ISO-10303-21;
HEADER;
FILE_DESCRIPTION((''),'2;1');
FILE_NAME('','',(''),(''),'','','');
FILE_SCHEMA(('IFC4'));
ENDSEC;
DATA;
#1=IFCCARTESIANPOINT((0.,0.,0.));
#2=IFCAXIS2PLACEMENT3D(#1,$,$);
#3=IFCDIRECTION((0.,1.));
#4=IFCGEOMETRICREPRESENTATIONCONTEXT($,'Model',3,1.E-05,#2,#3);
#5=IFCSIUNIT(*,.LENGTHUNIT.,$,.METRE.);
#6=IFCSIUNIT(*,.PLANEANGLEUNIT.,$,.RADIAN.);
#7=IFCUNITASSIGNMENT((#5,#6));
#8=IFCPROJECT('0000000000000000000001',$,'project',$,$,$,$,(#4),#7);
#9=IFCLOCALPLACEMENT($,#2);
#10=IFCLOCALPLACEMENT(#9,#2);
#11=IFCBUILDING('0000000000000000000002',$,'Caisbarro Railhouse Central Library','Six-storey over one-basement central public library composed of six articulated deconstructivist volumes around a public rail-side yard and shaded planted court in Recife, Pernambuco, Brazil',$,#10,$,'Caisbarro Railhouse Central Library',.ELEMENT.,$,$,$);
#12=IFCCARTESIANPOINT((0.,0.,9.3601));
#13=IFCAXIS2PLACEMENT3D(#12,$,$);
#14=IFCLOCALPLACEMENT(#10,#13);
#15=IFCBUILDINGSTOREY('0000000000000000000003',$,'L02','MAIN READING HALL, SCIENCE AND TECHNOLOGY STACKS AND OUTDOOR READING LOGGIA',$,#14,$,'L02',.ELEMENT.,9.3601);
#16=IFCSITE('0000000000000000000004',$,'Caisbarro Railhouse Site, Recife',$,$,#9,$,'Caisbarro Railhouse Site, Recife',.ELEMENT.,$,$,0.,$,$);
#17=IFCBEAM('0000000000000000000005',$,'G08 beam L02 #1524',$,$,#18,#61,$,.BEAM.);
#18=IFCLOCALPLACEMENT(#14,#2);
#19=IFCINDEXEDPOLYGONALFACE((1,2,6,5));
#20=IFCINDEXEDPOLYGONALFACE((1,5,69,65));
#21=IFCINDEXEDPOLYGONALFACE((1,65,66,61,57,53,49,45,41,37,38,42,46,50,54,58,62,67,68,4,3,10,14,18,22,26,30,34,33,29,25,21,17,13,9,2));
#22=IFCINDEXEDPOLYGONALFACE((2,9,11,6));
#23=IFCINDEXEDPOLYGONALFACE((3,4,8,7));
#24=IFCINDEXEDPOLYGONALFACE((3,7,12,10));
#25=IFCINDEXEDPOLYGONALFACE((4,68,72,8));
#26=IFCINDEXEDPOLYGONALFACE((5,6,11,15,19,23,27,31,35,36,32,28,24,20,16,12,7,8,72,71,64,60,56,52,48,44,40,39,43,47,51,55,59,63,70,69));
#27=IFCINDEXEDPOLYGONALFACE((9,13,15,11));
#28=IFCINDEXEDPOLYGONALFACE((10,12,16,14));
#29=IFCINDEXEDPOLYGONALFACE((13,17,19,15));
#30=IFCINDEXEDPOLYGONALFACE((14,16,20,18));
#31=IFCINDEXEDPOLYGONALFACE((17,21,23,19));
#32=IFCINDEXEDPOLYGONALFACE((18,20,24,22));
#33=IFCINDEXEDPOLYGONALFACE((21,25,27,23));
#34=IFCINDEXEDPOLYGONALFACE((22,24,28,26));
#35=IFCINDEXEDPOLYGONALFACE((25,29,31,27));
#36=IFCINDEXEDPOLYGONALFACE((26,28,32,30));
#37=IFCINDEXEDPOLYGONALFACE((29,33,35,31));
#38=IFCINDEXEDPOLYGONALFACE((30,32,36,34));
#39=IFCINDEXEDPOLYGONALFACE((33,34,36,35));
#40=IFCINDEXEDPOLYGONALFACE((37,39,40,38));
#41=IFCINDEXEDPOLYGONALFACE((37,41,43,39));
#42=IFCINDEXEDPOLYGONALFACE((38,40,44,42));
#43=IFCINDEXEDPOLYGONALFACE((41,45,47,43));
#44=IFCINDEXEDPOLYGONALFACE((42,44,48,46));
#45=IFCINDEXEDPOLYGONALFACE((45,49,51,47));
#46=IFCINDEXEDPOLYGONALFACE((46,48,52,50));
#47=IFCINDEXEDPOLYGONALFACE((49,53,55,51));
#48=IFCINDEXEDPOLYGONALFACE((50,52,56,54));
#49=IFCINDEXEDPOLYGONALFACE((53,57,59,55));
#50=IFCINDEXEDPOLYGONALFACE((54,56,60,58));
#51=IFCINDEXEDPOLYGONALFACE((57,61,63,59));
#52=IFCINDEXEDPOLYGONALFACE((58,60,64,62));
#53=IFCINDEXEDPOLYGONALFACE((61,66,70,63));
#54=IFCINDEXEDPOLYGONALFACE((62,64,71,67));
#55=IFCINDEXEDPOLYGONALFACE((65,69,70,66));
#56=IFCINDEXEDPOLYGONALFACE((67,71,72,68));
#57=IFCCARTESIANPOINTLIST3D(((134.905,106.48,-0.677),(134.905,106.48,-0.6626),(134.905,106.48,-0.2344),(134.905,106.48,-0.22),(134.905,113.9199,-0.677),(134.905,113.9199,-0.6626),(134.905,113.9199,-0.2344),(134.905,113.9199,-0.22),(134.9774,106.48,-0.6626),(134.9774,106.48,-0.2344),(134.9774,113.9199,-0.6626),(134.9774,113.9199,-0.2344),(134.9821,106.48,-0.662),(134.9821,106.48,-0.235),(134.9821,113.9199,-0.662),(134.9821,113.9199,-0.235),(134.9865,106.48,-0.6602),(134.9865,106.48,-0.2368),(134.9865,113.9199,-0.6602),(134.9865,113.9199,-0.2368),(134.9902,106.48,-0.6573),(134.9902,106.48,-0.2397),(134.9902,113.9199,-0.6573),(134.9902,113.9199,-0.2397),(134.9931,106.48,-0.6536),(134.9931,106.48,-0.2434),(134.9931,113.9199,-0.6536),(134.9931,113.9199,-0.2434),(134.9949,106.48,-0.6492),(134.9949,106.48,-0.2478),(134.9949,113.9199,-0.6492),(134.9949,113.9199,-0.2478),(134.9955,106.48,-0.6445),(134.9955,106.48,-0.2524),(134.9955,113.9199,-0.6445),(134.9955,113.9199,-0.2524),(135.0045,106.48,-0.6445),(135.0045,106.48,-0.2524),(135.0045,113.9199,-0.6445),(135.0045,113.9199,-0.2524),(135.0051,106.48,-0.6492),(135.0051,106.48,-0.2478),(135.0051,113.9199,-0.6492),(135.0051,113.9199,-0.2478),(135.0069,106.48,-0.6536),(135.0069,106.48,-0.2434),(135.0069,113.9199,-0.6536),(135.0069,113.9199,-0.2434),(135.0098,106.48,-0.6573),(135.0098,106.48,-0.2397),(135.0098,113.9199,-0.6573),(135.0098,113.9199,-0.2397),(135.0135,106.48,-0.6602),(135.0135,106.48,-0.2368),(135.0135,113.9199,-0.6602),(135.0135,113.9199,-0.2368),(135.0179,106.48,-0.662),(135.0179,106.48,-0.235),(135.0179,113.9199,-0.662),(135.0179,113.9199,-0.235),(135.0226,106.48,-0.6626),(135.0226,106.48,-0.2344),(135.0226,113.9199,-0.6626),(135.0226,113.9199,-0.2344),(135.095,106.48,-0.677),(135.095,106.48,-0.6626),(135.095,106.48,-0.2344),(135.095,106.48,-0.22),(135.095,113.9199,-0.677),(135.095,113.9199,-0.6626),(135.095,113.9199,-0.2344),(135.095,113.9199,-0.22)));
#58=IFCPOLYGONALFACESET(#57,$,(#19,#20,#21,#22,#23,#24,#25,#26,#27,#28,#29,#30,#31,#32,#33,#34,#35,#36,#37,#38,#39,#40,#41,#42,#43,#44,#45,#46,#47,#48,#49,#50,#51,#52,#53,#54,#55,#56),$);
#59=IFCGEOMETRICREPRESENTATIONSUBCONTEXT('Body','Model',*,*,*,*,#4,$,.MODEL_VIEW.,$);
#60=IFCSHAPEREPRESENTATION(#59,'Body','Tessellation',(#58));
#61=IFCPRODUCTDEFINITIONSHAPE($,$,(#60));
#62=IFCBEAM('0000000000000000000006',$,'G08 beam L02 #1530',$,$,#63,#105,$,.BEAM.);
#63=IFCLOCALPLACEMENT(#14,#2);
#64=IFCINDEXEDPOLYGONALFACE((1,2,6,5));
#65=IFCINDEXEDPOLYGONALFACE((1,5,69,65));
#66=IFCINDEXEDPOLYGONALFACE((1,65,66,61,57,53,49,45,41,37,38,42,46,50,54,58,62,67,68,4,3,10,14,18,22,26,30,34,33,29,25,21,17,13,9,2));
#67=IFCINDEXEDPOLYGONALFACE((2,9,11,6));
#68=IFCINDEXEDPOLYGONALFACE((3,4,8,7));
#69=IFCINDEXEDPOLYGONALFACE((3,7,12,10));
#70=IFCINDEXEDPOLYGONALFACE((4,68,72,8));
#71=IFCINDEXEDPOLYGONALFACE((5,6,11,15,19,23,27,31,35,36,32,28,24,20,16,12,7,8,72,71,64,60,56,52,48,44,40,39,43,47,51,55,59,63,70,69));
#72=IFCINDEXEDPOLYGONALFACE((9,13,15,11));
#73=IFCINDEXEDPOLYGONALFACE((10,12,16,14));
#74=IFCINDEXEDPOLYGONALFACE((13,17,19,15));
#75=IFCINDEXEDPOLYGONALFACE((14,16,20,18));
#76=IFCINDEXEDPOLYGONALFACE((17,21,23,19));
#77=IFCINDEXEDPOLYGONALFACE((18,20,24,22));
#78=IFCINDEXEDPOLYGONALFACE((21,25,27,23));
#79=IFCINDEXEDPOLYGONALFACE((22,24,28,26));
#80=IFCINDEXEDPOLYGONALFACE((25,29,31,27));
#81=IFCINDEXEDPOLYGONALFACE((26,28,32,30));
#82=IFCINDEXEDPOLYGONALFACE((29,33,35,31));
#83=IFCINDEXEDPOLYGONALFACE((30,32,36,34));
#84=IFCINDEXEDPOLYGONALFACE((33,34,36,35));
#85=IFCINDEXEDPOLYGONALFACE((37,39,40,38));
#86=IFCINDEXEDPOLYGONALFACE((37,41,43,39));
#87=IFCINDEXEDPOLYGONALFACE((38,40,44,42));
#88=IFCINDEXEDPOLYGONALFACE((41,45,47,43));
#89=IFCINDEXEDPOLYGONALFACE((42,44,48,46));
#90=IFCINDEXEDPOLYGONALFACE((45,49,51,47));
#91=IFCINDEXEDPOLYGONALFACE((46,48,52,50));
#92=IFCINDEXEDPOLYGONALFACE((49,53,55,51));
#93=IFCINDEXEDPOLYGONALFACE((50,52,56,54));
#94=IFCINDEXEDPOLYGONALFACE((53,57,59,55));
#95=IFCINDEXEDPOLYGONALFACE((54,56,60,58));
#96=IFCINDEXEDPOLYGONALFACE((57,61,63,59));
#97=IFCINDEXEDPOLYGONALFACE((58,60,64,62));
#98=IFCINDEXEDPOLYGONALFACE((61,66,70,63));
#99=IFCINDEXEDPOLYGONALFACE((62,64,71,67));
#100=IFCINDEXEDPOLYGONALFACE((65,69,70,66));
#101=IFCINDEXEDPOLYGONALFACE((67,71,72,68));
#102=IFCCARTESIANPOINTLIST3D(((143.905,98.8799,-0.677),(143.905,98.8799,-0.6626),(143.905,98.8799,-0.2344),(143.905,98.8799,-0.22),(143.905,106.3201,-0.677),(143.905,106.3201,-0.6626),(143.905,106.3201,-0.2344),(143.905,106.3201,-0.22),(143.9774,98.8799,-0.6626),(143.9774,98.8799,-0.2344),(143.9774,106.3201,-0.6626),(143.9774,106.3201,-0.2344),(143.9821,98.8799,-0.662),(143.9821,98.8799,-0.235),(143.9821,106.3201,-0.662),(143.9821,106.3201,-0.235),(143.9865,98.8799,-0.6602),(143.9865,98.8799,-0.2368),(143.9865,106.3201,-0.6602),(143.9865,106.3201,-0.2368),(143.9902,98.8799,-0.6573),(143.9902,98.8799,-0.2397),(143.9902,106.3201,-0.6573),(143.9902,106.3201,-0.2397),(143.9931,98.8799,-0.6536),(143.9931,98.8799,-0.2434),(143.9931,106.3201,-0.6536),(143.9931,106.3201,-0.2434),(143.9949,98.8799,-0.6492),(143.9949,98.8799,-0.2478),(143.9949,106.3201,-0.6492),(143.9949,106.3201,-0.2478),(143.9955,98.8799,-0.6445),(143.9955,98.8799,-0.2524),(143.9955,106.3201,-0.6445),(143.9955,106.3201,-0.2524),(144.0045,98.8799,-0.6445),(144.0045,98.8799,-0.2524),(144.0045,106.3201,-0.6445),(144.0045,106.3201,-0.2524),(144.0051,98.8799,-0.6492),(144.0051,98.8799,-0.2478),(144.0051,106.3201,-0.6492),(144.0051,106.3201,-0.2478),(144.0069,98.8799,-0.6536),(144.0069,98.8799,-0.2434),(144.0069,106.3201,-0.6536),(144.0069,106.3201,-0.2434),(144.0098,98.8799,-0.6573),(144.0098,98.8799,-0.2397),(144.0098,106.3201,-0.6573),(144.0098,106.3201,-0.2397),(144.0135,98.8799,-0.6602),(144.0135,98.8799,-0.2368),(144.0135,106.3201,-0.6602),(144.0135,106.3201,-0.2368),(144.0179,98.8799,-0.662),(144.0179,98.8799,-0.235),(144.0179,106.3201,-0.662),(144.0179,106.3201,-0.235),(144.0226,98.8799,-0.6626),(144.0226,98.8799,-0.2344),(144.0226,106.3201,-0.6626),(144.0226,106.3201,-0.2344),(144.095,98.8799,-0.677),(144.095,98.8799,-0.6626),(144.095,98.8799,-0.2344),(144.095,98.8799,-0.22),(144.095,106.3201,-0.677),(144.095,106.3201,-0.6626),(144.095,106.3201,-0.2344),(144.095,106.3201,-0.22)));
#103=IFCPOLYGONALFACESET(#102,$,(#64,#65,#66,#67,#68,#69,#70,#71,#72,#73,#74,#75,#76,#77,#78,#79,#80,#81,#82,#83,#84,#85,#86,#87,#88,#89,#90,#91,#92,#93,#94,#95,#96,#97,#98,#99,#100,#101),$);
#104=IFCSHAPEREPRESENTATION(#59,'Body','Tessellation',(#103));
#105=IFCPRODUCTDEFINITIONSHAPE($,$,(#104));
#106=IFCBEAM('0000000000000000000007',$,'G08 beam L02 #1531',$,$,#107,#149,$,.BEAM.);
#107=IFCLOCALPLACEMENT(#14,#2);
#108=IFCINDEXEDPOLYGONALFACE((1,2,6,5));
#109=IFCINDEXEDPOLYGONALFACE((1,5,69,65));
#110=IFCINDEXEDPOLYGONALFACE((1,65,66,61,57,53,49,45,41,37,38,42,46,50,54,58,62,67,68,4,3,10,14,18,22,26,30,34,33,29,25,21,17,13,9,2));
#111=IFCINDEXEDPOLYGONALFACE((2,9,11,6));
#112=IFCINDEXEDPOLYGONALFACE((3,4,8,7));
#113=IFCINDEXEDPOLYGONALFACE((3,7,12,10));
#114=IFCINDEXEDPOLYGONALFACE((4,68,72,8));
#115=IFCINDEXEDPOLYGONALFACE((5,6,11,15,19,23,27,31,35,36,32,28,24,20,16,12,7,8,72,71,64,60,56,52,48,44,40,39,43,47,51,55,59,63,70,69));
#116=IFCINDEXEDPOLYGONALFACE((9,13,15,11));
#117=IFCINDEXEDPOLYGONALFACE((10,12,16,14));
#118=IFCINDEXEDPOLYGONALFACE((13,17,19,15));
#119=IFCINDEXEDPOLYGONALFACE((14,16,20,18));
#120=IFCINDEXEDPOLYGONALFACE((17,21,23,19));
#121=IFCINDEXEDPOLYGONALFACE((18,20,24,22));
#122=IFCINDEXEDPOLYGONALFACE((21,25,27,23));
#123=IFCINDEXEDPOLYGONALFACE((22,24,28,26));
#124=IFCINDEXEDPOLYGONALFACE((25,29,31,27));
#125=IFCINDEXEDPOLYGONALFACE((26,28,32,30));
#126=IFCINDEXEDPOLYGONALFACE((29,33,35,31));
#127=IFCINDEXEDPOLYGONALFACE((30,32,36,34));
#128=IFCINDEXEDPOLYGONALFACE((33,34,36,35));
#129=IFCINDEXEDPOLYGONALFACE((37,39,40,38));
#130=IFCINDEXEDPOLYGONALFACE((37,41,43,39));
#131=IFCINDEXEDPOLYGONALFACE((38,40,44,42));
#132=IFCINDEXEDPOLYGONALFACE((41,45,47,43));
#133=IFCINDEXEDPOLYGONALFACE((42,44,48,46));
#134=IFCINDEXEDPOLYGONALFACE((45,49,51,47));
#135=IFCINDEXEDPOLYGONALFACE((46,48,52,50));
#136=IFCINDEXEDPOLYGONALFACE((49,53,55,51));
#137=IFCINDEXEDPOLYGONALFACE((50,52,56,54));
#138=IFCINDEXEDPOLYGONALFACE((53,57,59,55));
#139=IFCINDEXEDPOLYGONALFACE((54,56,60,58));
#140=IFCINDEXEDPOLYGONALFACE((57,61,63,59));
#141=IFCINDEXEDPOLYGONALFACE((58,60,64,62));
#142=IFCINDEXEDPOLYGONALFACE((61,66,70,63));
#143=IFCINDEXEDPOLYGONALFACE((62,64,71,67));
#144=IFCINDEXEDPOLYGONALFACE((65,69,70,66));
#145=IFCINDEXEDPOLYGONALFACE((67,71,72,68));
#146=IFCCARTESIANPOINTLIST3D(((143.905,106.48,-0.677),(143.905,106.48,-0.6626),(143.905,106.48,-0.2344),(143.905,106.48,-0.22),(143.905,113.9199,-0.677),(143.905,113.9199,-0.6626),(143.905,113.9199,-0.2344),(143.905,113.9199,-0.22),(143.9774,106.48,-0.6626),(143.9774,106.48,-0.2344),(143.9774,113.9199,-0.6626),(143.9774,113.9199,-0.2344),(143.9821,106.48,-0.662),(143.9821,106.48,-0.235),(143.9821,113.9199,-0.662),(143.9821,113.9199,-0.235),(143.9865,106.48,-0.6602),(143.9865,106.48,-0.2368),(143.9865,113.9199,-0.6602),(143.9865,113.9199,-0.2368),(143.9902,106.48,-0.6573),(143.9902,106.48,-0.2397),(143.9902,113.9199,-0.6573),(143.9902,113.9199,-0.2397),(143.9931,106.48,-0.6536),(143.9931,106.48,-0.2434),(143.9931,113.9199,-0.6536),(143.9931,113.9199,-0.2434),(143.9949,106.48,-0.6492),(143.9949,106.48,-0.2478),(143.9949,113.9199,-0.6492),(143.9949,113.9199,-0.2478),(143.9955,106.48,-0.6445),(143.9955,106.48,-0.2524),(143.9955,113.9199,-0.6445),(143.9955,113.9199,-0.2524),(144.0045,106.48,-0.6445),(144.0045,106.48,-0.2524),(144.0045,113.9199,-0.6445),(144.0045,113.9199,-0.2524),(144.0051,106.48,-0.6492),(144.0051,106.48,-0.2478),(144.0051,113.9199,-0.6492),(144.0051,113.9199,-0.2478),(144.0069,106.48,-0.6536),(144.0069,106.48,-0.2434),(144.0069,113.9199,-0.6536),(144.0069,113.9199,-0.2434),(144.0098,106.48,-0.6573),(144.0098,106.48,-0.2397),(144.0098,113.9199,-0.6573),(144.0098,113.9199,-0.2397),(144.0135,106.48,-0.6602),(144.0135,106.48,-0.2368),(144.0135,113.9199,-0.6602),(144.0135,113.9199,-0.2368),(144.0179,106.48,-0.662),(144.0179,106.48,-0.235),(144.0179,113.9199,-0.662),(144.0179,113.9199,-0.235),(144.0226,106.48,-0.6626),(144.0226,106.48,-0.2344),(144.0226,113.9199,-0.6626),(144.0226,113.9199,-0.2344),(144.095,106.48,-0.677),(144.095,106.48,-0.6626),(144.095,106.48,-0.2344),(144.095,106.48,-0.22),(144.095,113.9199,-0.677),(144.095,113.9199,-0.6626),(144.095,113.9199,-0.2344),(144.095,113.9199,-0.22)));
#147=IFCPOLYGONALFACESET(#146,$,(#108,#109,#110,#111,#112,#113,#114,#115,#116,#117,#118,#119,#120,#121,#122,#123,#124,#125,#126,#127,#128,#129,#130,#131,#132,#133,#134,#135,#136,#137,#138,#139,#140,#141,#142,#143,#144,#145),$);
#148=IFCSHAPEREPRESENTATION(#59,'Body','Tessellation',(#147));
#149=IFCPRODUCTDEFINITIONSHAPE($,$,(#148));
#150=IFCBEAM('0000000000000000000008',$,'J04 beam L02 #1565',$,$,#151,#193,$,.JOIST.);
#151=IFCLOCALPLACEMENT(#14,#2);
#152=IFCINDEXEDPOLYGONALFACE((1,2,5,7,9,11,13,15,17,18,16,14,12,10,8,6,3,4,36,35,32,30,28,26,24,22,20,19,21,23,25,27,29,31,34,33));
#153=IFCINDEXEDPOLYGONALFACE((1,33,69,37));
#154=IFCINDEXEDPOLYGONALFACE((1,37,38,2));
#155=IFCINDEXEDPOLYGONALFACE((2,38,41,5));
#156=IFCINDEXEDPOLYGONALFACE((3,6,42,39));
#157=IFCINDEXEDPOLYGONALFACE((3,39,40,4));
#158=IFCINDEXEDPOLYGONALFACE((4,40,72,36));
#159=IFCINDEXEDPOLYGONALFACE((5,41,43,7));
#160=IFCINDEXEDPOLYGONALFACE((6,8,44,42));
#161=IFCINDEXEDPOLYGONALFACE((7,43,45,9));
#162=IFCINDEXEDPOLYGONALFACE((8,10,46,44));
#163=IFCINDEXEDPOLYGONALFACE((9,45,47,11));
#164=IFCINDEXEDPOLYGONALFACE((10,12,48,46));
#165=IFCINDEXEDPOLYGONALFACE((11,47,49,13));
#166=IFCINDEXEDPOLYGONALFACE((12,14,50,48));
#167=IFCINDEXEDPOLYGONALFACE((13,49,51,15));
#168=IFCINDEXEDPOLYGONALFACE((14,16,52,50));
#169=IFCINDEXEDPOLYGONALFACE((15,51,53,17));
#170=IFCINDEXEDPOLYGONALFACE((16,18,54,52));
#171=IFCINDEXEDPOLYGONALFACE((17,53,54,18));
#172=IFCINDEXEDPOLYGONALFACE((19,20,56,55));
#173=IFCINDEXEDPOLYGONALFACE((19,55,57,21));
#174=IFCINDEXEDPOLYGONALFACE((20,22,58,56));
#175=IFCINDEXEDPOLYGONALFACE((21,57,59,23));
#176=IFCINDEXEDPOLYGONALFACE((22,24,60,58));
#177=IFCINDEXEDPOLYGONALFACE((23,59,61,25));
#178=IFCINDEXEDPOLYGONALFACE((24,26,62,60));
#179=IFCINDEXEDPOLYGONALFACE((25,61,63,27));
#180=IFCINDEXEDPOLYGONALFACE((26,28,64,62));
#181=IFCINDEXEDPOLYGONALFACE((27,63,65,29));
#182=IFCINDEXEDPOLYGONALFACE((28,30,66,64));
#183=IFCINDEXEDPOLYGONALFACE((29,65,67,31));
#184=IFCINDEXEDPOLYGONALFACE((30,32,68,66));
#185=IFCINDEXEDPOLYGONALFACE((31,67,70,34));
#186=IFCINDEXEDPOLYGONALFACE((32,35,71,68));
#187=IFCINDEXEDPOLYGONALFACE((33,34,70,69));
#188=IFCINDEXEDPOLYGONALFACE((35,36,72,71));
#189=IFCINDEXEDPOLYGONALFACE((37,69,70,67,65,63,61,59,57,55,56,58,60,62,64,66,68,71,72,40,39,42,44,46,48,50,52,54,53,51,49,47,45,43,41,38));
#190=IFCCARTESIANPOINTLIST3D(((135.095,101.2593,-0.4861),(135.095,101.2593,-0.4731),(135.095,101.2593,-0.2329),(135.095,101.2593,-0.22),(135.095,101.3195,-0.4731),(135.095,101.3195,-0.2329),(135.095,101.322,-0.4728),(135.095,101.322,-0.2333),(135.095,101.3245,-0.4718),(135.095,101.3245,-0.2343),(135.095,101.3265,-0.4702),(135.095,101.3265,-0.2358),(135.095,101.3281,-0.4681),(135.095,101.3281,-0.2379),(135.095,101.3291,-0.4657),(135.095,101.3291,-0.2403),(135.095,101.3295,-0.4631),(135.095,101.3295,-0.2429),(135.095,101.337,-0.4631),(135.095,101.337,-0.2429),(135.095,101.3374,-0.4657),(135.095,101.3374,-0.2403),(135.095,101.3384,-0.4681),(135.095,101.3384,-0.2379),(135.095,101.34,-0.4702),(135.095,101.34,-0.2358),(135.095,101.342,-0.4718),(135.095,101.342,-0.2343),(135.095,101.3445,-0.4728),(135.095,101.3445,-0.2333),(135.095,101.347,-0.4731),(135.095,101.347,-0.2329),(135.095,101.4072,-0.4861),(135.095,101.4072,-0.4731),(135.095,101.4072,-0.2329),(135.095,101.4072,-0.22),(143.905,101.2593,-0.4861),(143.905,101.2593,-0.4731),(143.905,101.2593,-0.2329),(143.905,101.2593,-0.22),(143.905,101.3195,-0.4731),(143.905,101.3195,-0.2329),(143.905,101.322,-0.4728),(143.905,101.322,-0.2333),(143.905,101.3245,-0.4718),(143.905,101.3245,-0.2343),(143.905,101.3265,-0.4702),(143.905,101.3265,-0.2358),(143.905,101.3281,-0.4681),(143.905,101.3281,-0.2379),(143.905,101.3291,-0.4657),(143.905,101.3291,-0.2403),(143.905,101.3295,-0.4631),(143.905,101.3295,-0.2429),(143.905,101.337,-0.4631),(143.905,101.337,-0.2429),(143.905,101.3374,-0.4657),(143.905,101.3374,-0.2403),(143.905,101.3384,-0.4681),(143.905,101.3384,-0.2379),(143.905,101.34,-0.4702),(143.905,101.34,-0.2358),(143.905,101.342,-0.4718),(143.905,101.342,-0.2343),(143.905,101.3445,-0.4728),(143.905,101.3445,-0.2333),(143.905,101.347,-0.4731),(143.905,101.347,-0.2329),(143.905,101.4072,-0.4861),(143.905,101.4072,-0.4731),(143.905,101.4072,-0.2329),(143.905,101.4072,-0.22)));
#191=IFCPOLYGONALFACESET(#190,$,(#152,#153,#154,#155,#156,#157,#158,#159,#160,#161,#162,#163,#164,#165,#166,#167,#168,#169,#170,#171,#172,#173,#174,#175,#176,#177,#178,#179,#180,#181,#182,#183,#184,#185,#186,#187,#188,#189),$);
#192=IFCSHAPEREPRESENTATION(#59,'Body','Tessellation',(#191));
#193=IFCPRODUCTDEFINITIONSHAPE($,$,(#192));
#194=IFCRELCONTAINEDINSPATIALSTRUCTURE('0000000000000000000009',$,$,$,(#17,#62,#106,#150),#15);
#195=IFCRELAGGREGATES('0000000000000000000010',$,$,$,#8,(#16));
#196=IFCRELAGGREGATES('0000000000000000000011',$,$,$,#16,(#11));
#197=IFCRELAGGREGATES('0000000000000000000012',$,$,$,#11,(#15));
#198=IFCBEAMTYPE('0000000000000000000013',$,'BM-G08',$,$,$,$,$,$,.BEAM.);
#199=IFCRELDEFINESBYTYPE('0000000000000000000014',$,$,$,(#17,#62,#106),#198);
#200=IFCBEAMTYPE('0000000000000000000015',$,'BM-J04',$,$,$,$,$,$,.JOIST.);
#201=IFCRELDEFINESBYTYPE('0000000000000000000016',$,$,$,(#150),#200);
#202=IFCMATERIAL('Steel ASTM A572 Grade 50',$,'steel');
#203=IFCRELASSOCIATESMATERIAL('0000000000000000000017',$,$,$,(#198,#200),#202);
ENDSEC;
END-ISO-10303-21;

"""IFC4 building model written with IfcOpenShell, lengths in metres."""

from ifc_helpers import new_model, si_unit, direction, frame, origin, origin_2d, place, context, subcontext, project, spatial, i_section, extrude, material, material_profile, profile_set, type_object, element, save


model = new_model("IFC4")

# Units and contexts
model_context = context("Model", 3, precision=1e-05, world=origin(), true_north=direction((0.0, 1.0)))
body_context = subcontext(model_context, "Body", "Model", "MODEL_VIEW")
ifc_project = project(units=[si_unit("LENGTHUNIT", "METRE"), si_unit("PLANEANGLEUNIT", "RADIAN")], contexts=[model_context])

# Site, building, storey
site_placement = place(None, origin())
site = spatial("IfcSite", under=ifc_project, at=site_placement, Name="Caisbarro Railhouse Site, Recife", LongName="Caisbarro Railhouse Site, Recife", CompositionType="ELEMENT", RefElevation=0.0)
building_placement = place(site_placement, origin())
building = spatial("IfcBuilding", under=site, at=building_placement, Name="Caisbarro Railhouse Central Library", Description="Six-storey over one-basement central public library composed of six articulated deconstructivist volumes around a public rail-side yard and shaded planted court in Recife, Pernambuco, Brazil", LongName="Caisbarro Railhouse Central Library", CompositionType="ELEMENT")
storey_placement = place(building_placement, frame((0.0, 0.0, 9.3601)))
storey = spatial("IfcBuildingStorey", under=building, at=storey_placement, Name="L02", Description="MAIN READING HALL, SCIENCE AND TECHNOLOGY STACKS AND OUTDOOR READING LOGGIA", LongName="L02", CompositionType="ELEMENT", Elevation=9.3601)

# Shared definitions
ifc_material_1 = material(Name="Steel ASTM A572 Grade 50", Category="steel")

# Beams
ifc_material_profile_1 = material_profile(ifc_material_1, i_section(OverallWidth=0.1899, OverallDepth=0.457, WebThickness=0.009, FlangeThickness=0.0144, FilletRadius=0.0181, at=origin_2d()), Name="W460X74.0")
ifc_profile_set_1 = profile_set([ifc_material_profile_1], Name="Steel ASTM A572 Grade 50")
beam_type_1 = type_object("IfcBeamType", Name="BM-G08", PredefinedType="BEAM", material=ifc_profile_set_1)
beam_1_placement = place(storey_placement, frame((135.0, 106.48, -0.4485), z_axis=(0.0, 1.0, 0.0), x_axis=(-1.0, 0.0, 0.0)))
element("IfcBeam", 1, at=beam_1_placement, inside=storey, type_object=beam_type_1, Name="G08 beam L02 #1524", PredefinedType="BEAM", context=body_context, shape_type="SweptSolid", body=[
    extrude(i_section(OverallWidth=0.1899, OverallDepth=0.457, WebThickness=0.009, FlangeThickness=0.0144, FilletRadius=0.0181, at=origin_2d()), origin(), (0.0, 0.0, 1.0), 7.4399),
])
beam_2_placement = place(storey_placement, frame((144.0, 98.8799, -0.4485), z_axis=(0.0, 1.0, 0.0), x_axis=(-1.0, 0.0, 0.0)))
element("IfcBeam", 2, at=beam_2_placement, inside=storey, type_object=beam_type_1, Name="G08 beam L02 #1530", PredefinedType="BEAM", context=body_context, shape_type="SweptSolid", body=[
    extrude(i_section(OverallWidth=0.1899, OverallDepth=0.457, WebThickness=0.009, FlangeThickness=0.0144, FilletRadius=0.0181, at=origin_2d()), origin(), (0.0, 0.0, 1.0), 7.4402),
])
beam_3_placement = place(storey_placement, frame((144.0, 106.48, -0.4485), z_axis=(0.0, 1.0, 0.0), x_axis=(-1.0, 0.0, 0.0)))
element("IfcBeam", 3, at=beam_3_placement, inside=storey, type_object=beam_type_1, Name="G08 beam L02 #1531", PredefinedType="BEAM", context=body_context, shape_type="SweptSolid", body=[
    extrude(i_section(OverallWidth=0.1899, OverallDepth=0.457, WebThickness=0.009, FlangeThickness=0.0144, FilletRadius=0.0181, at=origin_2d()), origin(), (0.0, 0.0, 1.0), 7.4399),
])
ifc_material_profile_2 = material_profile(ifc_material_1, i_section(OverallWidth=0.1479, OverallDepth=0.2661, WebThickness=0.0076, FlangeThickness=0.0129, FilletRadius=0.01, at=origin_2d()), Name="W250X44.8")
ifc_profile_set_2 = profile_set([ifc_material_profile_2], Name="Steel ASTM A572 Grade 50")
beam_type_2 = type_object("IfcBeamType", Name="BM-J04", PredefinedType="JOIST", material=ifc_profile_set_2)
for number, where, z_axis, x_axis, name in (
    (4, (135.095, 101.3333, -0.353), (1.0, 0.0, 0.0), (0.0, 1.0, 0.0), "J04 beam L02 #1565"),
):
    element("IfcBeam", number, at=place(storey_placement, frame(where, z_axis=z_axis, x_axis=x_axis)), inside=storey, type_object=beam_type_2, Name=name, PredefinedType="JOIST", context=body_context, shape_type="SweptSolid", body=[
        extrude(i_section(OverallWidth=0.1479, OverallDepth=0.2661, WebThickness=0.0076, FlangeThickness=0.0129, FilletRadius=0.01, at=origin_2d()), origin(), (0.0, 0.0, 1.0), 8.8101),
    ])

save(model, "model.ifc")
